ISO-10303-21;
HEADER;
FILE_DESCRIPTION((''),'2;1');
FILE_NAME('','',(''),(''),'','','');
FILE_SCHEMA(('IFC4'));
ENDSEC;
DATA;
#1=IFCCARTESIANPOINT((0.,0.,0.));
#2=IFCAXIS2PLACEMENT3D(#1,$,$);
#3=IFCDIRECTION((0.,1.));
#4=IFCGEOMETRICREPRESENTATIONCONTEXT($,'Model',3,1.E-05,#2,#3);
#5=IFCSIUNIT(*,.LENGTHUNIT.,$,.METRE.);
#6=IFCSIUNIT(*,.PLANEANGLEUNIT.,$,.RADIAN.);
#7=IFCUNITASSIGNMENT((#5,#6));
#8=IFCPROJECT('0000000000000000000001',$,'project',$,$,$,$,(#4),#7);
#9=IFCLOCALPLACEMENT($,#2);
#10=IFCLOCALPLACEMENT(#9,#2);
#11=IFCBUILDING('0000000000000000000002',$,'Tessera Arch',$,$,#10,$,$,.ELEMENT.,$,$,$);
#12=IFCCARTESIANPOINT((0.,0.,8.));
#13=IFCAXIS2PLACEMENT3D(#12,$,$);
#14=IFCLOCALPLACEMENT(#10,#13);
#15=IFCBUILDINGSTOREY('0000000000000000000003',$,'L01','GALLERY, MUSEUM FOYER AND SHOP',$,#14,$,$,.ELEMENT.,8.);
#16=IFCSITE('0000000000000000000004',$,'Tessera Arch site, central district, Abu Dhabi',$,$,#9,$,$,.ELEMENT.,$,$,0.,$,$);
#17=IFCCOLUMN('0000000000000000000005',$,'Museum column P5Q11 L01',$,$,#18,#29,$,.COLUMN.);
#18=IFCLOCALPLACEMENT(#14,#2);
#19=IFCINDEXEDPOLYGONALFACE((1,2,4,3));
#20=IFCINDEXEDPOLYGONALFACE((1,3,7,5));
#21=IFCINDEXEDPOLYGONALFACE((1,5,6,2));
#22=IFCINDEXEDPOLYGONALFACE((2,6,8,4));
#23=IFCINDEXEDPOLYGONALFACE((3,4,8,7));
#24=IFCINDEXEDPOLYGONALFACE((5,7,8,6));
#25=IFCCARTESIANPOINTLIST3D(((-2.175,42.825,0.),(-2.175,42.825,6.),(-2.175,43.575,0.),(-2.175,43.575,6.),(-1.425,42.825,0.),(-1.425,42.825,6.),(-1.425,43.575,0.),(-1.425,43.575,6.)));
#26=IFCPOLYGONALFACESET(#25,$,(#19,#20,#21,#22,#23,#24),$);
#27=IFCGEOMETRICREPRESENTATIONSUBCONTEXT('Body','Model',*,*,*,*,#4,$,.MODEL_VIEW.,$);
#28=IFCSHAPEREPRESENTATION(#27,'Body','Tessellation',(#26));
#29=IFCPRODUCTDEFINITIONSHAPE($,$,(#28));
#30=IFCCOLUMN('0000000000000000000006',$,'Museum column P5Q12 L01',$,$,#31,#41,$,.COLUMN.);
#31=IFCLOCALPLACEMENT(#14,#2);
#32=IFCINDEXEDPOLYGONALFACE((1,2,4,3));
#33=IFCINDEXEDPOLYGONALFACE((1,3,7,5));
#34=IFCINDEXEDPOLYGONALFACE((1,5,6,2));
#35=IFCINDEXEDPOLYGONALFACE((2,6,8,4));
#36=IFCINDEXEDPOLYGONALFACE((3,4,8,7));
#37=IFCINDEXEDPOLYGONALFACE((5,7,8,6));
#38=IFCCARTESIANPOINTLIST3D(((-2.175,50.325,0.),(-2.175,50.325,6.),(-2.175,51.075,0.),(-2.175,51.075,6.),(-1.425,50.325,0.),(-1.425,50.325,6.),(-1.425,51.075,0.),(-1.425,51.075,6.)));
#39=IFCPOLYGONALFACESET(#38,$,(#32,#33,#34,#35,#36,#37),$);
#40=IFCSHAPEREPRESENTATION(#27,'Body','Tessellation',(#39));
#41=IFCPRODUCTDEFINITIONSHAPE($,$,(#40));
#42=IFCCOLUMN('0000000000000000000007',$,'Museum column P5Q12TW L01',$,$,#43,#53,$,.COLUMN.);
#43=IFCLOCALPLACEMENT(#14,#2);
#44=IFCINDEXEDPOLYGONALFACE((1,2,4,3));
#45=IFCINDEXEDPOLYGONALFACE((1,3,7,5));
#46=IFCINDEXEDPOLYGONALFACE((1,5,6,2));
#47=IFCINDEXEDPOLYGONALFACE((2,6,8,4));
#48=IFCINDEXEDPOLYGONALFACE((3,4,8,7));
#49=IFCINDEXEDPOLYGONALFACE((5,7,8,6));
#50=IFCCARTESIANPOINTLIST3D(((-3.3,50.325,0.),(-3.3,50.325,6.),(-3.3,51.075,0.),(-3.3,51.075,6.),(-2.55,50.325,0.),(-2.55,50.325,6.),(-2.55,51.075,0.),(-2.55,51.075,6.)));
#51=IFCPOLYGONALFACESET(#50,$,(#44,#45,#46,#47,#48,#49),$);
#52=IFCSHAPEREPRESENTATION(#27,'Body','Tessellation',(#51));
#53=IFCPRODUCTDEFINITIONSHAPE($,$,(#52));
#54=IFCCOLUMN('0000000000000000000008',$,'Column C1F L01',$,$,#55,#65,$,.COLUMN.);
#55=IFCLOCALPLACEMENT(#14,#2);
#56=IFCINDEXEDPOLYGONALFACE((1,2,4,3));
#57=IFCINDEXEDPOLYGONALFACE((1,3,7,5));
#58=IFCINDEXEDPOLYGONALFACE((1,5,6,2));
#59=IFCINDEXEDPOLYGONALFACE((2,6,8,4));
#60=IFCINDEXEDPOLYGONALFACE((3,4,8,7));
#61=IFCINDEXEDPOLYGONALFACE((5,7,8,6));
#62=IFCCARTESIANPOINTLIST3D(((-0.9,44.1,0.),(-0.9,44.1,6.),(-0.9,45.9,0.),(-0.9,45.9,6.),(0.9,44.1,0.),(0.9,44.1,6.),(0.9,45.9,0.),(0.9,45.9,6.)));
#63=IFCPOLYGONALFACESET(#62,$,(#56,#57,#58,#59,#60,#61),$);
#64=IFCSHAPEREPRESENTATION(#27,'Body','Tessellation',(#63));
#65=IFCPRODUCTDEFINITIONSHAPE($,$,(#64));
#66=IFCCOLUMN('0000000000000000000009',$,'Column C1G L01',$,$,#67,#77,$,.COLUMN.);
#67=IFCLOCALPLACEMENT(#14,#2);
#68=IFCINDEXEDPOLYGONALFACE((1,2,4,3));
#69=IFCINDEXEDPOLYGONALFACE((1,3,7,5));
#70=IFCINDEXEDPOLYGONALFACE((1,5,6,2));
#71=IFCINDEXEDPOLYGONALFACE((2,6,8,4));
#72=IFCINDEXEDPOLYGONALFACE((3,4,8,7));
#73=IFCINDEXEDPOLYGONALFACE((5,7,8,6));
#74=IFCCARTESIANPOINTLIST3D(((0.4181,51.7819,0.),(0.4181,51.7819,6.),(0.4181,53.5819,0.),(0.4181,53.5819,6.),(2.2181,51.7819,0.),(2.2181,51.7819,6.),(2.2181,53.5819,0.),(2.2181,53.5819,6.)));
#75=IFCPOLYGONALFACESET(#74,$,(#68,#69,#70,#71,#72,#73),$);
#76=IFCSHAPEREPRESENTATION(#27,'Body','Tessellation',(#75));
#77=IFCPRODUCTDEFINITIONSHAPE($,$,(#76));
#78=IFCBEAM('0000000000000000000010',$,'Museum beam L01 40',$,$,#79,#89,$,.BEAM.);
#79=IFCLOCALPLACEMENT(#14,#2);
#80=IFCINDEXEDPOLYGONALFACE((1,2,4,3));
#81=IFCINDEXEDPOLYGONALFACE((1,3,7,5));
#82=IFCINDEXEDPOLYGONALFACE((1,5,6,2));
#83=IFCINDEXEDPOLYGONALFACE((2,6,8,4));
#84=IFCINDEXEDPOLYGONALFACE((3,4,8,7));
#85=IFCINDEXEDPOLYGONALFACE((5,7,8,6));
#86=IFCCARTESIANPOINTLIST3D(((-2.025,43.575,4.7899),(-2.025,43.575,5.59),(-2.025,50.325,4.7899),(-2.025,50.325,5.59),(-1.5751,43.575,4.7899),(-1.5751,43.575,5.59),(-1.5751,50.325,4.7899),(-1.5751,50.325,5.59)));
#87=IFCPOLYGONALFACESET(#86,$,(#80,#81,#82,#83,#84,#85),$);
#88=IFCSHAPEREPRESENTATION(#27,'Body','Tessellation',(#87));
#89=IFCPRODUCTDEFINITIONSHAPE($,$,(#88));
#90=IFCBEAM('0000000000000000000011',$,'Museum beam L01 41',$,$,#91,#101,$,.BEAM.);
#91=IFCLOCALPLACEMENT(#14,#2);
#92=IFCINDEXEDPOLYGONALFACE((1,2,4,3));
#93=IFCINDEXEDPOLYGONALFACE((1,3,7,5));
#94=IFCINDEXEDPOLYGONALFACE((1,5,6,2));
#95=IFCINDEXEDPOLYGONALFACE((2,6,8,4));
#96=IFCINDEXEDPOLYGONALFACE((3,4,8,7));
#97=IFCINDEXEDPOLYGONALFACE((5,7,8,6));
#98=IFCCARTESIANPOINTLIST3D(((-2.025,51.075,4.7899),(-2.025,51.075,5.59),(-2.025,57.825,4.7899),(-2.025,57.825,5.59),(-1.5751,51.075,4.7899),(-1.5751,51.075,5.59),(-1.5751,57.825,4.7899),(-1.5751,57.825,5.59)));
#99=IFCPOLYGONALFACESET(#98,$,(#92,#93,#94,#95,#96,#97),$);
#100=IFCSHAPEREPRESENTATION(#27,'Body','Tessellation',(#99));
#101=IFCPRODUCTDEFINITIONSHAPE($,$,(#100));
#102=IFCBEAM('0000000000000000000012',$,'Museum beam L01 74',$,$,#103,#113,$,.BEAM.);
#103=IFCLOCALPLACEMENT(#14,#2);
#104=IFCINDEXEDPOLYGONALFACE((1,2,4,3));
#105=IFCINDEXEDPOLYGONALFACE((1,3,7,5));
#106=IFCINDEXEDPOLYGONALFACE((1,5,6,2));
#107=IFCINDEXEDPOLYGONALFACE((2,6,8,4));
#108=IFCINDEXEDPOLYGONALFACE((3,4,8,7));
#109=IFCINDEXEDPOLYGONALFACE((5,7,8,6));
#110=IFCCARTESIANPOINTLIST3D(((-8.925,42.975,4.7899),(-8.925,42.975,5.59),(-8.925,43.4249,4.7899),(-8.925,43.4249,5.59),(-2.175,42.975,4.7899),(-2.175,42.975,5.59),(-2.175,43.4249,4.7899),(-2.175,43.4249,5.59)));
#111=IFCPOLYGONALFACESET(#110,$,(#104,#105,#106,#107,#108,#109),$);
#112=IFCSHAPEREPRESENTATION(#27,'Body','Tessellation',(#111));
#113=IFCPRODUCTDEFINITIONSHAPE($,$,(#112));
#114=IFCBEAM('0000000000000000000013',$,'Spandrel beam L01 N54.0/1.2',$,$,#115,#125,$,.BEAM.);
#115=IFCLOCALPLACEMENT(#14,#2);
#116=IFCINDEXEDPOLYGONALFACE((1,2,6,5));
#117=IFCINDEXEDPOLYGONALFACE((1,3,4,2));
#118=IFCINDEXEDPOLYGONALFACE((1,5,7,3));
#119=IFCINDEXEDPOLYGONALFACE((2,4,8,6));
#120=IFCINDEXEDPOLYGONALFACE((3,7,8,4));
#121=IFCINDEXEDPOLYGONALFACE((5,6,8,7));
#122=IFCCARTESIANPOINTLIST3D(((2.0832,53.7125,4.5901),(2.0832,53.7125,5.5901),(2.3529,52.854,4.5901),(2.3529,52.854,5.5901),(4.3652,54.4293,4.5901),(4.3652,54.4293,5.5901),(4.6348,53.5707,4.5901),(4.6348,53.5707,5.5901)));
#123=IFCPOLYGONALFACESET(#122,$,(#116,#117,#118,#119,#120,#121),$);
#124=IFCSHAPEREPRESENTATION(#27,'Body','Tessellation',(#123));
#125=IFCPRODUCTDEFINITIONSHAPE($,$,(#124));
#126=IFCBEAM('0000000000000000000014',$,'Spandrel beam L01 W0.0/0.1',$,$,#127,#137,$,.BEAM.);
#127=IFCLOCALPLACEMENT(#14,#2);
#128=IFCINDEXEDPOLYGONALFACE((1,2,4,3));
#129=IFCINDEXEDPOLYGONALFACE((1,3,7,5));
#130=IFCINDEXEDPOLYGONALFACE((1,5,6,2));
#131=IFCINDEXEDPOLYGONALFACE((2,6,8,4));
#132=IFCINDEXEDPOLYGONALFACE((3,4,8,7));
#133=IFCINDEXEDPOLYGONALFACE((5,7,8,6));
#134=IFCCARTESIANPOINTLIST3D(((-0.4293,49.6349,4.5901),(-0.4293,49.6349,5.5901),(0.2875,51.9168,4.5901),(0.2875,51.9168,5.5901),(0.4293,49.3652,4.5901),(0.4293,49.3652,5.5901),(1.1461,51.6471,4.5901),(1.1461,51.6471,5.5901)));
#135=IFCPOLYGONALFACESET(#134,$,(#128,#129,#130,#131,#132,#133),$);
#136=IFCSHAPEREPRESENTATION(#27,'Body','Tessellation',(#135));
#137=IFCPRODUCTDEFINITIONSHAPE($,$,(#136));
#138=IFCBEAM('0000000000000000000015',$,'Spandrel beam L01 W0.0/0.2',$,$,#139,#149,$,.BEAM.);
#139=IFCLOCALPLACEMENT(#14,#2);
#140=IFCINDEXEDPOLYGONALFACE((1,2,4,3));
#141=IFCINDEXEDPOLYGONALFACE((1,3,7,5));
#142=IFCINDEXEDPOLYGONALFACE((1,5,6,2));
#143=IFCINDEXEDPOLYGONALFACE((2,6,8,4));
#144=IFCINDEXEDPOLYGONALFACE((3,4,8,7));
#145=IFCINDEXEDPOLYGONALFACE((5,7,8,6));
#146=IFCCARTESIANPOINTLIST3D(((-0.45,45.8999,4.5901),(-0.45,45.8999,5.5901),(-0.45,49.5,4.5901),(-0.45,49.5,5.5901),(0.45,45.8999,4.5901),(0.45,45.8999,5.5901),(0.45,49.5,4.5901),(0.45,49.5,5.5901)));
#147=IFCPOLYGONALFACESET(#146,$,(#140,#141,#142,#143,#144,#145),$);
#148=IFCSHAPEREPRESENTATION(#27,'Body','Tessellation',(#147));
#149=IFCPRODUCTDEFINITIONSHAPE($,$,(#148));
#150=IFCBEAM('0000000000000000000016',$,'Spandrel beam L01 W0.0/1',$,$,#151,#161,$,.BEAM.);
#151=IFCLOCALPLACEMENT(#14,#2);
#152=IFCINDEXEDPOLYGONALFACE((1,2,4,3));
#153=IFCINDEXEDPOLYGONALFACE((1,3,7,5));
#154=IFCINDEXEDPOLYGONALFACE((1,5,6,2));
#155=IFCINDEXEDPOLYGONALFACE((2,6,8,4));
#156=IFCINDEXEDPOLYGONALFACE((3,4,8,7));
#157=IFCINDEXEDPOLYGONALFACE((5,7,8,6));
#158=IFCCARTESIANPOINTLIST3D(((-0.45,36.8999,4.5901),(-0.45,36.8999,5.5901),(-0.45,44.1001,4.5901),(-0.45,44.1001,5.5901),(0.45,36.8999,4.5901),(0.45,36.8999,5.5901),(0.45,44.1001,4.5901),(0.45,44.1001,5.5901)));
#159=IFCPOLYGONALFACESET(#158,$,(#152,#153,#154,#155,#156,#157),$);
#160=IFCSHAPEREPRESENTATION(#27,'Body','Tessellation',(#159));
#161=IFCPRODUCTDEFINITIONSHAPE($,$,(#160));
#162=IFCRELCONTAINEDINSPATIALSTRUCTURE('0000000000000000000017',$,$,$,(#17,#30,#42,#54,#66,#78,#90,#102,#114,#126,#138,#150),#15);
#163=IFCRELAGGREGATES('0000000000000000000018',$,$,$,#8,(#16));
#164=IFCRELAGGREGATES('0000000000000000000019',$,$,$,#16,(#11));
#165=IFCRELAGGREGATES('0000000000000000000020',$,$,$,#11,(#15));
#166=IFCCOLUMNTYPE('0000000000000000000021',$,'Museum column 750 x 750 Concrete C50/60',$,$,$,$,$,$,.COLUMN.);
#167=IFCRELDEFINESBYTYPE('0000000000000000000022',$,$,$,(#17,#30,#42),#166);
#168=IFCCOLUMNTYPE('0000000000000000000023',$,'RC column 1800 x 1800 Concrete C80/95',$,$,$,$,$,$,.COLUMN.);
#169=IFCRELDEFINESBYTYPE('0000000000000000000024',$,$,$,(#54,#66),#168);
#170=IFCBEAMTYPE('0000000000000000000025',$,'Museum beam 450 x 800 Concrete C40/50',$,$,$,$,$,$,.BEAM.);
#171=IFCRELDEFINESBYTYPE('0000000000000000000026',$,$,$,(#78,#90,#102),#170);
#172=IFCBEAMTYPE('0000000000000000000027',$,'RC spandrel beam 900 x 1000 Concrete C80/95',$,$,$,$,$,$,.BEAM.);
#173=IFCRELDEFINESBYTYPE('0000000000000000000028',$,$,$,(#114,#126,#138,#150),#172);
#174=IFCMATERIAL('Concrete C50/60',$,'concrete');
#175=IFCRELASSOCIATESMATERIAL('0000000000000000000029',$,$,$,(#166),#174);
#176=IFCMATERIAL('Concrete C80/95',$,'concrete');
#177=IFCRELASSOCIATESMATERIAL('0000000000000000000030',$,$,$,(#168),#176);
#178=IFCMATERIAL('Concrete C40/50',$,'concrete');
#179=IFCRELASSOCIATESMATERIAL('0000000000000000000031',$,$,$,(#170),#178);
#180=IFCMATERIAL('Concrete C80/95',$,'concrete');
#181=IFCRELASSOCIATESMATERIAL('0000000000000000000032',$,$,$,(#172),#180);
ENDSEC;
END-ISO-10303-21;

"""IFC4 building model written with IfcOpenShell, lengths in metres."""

from ifc_helpers import new_model, si_unit, direction, frame, origin, origin_2d, place, context, subcontext, project, spatial, rectangle, extrude, material, material_profile, profile_set, type_object, element, save


model = new_model("IFC4")

# Units and contexts
model_context = context("Model", 3, precision=1e-05, world=origin(), true_north=direction((0.0, 1.0)))
body_context = subcontext(model_context, "Body", "Model", "MODEL_VIEW")
ifc_project = project(units=[si_unit("LENGTHUNIT", "METRE"), si_unit("PLANEANGLEUNIT", "RADIAN")], contexts=[model_context])

# Site, building, storey
site_placement = place(None, origin())
site = spatial("IfcSite", under=ifc_project, at=site_placement, Name="Tessera Arch site, central district, Abu Dhabi", CompositionType="ELEMENT", RefElevation=0.0)
building_placement = place(site_placement, origin())
building = spatial("IfcBuilding", under=site, at=building_placement, Name="Tessera Arch", CompositionType="ELEMENT")
storey_placement = place(building_placement, frame((0.0, 0.0, 8.0)))
storey = spatial("IfcBuildingStorey", under=building, at=storey_placement, Name="L01", Description="GALLERY, MUSEUM FOYER AND SHOP", CompositionType="ELEMENT", Elevation=8.0)

# Columns
ifc_material_1 = material(Name="Concrete C50/60", Category="concrete")
ifc_material_profile_1 = material_profile(ifc_material_1, rectangle(XDim=0.75, YDim=0.75, at=origin_2d()), Name="Museum column 750 x 750 Concrete C50/60")
ifc_profile_set_1 = profile_set([ifc_material_profile_1], Name="Concrete C50/60")
column_type_1 = type_object("IfcColumnType", Name="Museum column 750 x 750 Concrete C50/60", PredefinedType="COLUMN", material=ifc_profile_set_1)
for number, where, z_axis, x_axis, name in (
    (1, (-1.8, 43.2, 0.0), (0.0, 0.0, 1.0), (1.0, 0.0, 0.0), "Museum column P5Q11 L01"),
    (2, (-1.8, 50.7, 0.0), (0.0, 0.0, 1.0), (1.0, 0.0, 0.0), "Museum column P5Q12 L01"),
    (3, (-2.925, 50.7, 0.0), (0.0, 0.0, 1.0), (1.0, 0.0, 0.0), "Museum column P5Q12TW L01"),
):
    element("IfcColumn", number, at=place(storey_placement, frame(where, z_axis=z_axis, x_axis=x_axis)), inside=storey, type_object=column_type_1, Name=name, PredefinedType="COLUMN", context=body_context, shape_type="SweptSolid", body=[
        extrude(rectangle(XDim=0.75, YDim=0.75, at=origin_2d()), origin(), (0.0, 0.0, 1.0), 6.0),
    ])
ifc_material_2 = material(Name="Concrete C80/95", Category="concrete")
ifc_material_profile_2 = material_profile(ifc_material_2, rectangle(XDim=1.8, YDim=1.8, at=origin_2d()), Name="RC column 1800 x 1800 Concrete C80/95")
ifc_profile_set_2 = profile_set([ifc_material_profile_2], Name="Concrete C80/95")
column_type_2 = type_object("IfcColumnType", Name="RC column 1800 x 1800 Concrete C80/95", PredefinedType="COLUMN", material=ifc_profile_set_2)
for number, where, z_axis, x_axis, name in (
    (4, (0.0, 45.0, 0.0), (0.0, 0.0, 1.0), (1.0, 0.0, 0.0), "Column C1F L01"),
    (5, (1.3181, 52.6819, 0.0), (0.0, 0.0, 1.0), (1.0, 0.0, 0.0), "Column C1G L01"),
):
    element("IfcColumn", number, at=place(storey_placement, frame(where, z_axis=z_axis, x_axis=x_axis)), inside=storey, type_object=column_type_2, Name=name, PredefinedType="COLUMN", context=body_context, shape_type="SweptSolid", body=[
        extrude(rectangle(XDim=1.8, YDim=1.8, at=origin_2d()), origin(), (0.0, 0.0, 1.0), 6.0),
    ])

# Beams
ifc_material_3 = material(Name="Concrete C40/50", Category="concrete")
ifc_material_profile_3 = material_profile(ifc_material_3, rectangle(XDim=0.45, YDim=0.8, at=origin_2d()), Name="Museum beam 450 x 800 Concrete C40/50")
ifc_profile_set_3 = profile_set([ifc_material_profile_3], Name="Concrete C40/50")
beam_type_1 = type_object("IfcBeamType", Name="Museum beam 450 x 800 Concrete C40/50", PredefinedType="BEAM", material=ifc_profile_set_3)
for number, where, z_axis, x_axis, name in (
    (6, (-1.8, 43.575, 5.1899), (0.0, 1.0, 0.0), (-1.0, 0.0, 0.0), "Museum beam L01 40"),
    (7, (-1.8, 51.075, 5.1899), (0.0, 1.0, 0.0), (-1.0, 0.0, 0.0), "Museum beam L01 41"),
    (8, (-8.925, 43.2, 5.1899), (1.0, 0.0, 0.0), (0.0, 1.0, 0.0), "Museum beam L01 74"),
):
    element("IfcBeam", number, at=place(storey_placement, frame(where, z_axis=z_axis, x_axis=x_axis)), inside=storey, type_object=beam_type_1, Name=name, PredefinedType="BEAM", context=body_context, shape_type="SweptSolid", body=[
        extrude(rectangle(XDim=0.45, YDim=0.8, at=origin_2d()), origin(), (0.0, 0.0, 1.0), 6.75),
    ])
ifc_material_4 = material(Name="Concrete C80/95", Category="concrete")
ifc_material_profile_4 = material_profile(ifc_material_4, rectangle(XDim=0.8999, YDim=1.0, at=origin_2d()), Name="RC spandrel beam 900 x 1000 Concrete C80/95")
ifc_profile_set_4 = profile_set([ifc_material_profile_4], Name="Concrete C80/95")
beam_type_2 = type_object("IfcBeamType", Name="RC spandrel beam 900 x 1000 Concrete C80/95", PredefinedType="BEAM", material=ifc_profile_set_4)
for number, where, z_axis, x_axis, name in (
    (9, (4.5, 54.0, 5.0901), (-0.954041, -0.299675, 0.0), (0.299675, -0.954041, 0.0), "Spandrel beam L01 N54.0/1.2"),
    (10, (0.7168, 51.782, 5.0901), (-0.299675, -0.954041, 0.0), (0.954041, -0.299675, 0.0), "Spandrel beam L01 W0.0/0.1"),
):
    element("IfcBeam", number, at=place(storey_placement, frame(where, z_axis=z_axis, x_axis=x_axis)), inside=storey, type_object=beam_type_2, Name=name, PredefinedType="BEAM", context=body_context, shape_type="SweptSolid", body=[
        extrude(rectangle(XDim=0.8999, YDim=1.0, at=origin_2d()), origin(), (0.0, 0.0, 1.0), 2.3918),
    ])
beam_1_placement = place(storey_placement, frame((0.0, 49.5, 5.0901), z_axis=(0.0, -1.0, 0.0), x_axis=(1.0, 0.0, 0.0)))
element("IfcBeam", 11, at=beam_1_placement, inside=storey, type_object=beam_type_2, Name="Spandrel beam L01 W0.0/0.2", PredefinedType="BEAM", context=body_context, shape_type="SweptSolid", body=[
    extrude(rectangle(XDim=0.8999, YDim=1.0, at=origin_2d()), origin(), (0.0, 0.0, 1.0), 3.6001),
])
beam_2_placement = place(storey_placement, frame((0.0, 44.1001, 5.0901), z_axis=(0.0, -1.0, 0.0), x_axis=(1.0, 0.0, 0.0)))
element("IfcBeam", 12, at=beam_2_placement, inside=storey, type_object=beam_type_2, Name="Spandrel beam L01 W0.0/1", PredefinedType="BEAM", context=body_context, shape_type="SweptSolid", body=[
    extrude(rectangle(XDim=0.8999, YDim=1.0, at=origin_2d()), origin(), (0.0, 0.0, 1.0), 7.2002),
])

save(model, "model.ifc")
